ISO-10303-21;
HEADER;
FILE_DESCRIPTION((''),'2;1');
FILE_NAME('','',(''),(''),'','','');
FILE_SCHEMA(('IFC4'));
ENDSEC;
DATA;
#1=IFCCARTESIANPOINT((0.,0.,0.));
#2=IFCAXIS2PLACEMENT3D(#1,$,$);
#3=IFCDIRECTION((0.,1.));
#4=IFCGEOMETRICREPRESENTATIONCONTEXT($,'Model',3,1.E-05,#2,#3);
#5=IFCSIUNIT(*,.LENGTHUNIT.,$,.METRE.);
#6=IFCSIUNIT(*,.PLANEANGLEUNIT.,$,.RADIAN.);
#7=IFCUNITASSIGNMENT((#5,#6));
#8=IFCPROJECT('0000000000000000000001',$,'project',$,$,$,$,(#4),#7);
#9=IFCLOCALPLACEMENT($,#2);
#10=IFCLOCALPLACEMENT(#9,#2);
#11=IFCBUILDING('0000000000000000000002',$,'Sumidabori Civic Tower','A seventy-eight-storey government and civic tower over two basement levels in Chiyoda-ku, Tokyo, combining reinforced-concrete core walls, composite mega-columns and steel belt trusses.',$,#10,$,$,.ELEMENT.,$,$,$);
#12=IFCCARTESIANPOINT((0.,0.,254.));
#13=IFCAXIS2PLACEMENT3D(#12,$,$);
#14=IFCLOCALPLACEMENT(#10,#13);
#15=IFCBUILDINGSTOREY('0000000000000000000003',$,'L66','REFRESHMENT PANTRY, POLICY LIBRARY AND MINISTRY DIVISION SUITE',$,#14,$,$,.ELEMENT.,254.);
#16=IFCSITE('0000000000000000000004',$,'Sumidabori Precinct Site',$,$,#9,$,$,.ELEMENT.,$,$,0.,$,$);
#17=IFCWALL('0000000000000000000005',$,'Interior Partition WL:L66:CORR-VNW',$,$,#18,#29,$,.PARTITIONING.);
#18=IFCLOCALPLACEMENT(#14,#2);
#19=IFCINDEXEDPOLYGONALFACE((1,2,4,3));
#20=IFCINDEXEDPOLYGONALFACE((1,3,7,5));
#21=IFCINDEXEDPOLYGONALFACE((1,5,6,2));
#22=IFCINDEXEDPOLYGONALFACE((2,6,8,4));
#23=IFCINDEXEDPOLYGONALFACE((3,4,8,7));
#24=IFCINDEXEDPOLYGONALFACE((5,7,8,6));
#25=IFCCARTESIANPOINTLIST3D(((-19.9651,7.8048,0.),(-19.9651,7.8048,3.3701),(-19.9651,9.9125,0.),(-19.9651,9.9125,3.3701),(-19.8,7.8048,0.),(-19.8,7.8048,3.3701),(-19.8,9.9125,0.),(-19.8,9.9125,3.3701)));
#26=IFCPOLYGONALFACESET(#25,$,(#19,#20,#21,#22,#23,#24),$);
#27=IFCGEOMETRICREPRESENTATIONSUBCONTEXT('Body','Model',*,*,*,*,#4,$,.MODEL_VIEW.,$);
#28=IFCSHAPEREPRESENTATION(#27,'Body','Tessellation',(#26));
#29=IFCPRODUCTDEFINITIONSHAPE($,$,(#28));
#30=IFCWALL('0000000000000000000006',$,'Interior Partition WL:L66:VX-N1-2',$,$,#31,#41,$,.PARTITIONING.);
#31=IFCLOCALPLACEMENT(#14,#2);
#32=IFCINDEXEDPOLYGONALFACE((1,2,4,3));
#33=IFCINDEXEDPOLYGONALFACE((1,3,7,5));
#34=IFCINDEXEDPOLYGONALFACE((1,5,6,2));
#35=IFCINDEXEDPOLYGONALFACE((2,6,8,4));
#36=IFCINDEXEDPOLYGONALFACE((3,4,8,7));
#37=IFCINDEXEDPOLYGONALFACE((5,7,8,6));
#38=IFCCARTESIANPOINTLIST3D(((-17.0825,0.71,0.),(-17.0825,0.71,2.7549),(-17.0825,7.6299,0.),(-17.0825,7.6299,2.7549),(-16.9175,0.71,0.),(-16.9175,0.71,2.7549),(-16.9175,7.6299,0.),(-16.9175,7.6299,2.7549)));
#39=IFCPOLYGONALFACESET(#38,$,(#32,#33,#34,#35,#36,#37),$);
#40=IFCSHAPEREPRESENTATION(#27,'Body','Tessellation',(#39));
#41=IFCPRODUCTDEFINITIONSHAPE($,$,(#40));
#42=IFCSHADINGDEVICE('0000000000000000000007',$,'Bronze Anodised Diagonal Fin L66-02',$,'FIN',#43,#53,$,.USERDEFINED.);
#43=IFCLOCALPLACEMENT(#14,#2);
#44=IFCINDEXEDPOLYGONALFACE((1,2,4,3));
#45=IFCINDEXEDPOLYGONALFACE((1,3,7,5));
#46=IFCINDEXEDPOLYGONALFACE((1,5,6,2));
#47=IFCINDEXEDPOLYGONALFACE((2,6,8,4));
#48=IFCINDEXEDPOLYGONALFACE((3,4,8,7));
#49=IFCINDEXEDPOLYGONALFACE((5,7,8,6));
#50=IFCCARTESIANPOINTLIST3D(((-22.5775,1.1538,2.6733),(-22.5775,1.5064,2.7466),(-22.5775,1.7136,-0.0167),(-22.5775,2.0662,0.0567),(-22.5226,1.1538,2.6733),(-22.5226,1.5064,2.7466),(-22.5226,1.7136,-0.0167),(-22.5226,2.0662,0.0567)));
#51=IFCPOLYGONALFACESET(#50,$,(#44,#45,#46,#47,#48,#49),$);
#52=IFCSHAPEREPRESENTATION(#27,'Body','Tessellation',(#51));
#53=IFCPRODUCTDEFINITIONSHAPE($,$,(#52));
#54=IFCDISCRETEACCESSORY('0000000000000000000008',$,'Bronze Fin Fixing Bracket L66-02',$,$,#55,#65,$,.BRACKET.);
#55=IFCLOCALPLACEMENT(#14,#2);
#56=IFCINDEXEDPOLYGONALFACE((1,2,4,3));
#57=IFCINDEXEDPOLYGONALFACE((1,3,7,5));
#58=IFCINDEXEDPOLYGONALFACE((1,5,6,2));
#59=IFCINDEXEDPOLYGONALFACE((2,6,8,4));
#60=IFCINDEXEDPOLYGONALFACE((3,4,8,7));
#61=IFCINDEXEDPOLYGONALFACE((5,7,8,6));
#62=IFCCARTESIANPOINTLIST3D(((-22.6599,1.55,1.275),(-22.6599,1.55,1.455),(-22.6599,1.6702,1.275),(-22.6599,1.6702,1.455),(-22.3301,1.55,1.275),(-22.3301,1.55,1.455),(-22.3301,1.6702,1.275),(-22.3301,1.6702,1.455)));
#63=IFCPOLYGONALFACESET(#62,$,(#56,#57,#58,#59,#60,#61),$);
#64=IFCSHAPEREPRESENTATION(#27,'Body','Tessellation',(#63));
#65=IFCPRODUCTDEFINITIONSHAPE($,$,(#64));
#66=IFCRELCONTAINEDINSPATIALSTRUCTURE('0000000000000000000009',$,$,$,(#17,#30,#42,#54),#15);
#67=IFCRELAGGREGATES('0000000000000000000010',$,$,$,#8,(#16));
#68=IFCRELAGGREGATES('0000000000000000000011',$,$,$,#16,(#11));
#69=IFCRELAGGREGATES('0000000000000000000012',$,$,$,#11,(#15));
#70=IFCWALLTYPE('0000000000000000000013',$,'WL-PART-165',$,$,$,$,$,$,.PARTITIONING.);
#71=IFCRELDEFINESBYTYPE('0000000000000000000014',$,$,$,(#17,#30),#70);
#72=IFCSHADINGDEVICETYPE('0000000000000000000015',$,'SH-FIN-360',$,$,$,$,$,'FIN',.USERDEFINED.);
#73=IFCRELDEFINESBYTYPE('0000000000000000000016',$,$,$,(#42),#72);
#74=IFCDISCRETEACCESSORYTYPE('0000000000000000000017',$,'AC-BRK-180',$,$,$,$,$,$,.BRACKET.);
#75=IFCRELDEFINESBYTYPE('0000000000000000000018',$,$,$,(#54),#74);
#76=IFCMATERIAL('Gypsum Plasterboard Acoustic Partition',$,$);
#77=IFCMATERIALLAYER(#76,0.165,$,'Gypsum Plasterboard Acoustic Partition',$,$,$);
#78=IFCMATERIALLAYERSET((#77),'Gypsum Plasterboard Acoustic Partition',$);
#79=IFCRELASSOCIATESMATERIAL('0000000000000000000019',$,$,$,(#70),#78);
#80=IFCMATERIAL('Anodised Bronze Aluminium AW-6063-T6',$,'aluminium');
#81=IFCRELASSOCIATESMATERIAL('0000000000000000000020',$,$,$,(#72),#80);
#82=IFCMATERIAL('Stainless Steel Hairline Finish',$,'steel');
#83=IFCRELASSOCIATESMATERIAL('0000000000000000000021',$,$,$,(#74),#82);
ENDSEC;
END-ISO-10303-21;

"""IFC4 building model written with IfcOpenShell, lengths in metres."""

from ifc_helpers import new_model, si_unit, direction, frame, frame_2d, origin, origin_2d, place, context, subcontext, project, spatial, rectangle, extrude, source, transform, mapped, material, layer, layer_set, material_profile, profile_set, type_object, element, save


model = new_model("IFC4")

# Units and contexts
model_context = context("Model", 3, precision=1e-05, world=origin(), true_north=direction((0.0, 1.0)))
body_context = subcontext(model_context, "Body", "Model", "MODEL_VIEW")
ifc_project = project(units=[si_unit("LENGTHUNIT", "METRE"), si_unit("PLANEANGLEUNIT", "RADIAN")], contexts=[model_context])

# Site, building, storey
site_placement = place(None, origin())
site = spatial("IfcSite", under=ifc_project, at=site_placement, Name="Sumidabori Precinct Site", CompositionType="ELEMENT", RefElevation=0.0)
building_placement = place(site_placement, origin())
building = spatial("IfcBuilding", under=site, at=building_placement, Name="Sumidabori Civic Tower", Description="A seventy-eight-storey government and civic tower over two basement levels in Chiyoda-ku, Tokyo, combining reinforced-concrete core walls, composite mega-columns and steel belt trusses.", CompositionType="ELEMENT")
storey_placement = place(building_placement, frame((0.0, 0.0, 254.0)))
storey = spatial("IfcBuildingStorey", under=building, at=storey_placement, Name="L66", Description="REFRESHMENT PANTRY, POLICY LIBRARY AND MINISTRY DIVISION SUITE", CompositionType="ELEMENT", Elevation=254.0)

# Shared definitions
ifc_material_1 = material(Name="Anodised Bronze Aluminium AW-6063-T6", Category="aluminium")

# Shared definitions
ifc_material_2 = material(Name="Gypsum Plasterboard Acoustic Partition")
ifc_layer_1 = layer(ifc_material_2, 0.165, Name="Gypsum Plasterboard Acoustic Partition")
ifc_layer_set_1 = layer_set([ifc_layer_1], Name="Gypsum Plasterboard Acoustic Partition")
wall_type = type_object("IfcWallType", Name="WL-PART-165", PredefinedType="PARTITIONING", material=ifc_layer_set_1)

# Walls
shared_shape_1 = source(origin(), body_context, "Body", "SweptSolid", [
    extrude(rectangle(XDim=2.1077, YDim=0.165, at=frame_2d((1.0537, 0.0))), origin(), (0.0, 0.0, 1.0), 3.3701),
])
wall_1_placement = place(storey_placement, frame((-19.8826, 7.8049, 0.0), z_axis=(0.0, 0.0, 1.0), x_axis=(0.0, 1.0, 0.0)))
element("IfcWall", 1, at=wall_1_placement, inside=storey, type_object=wall_type, Name="Interior Partition WL:L66:CORR-VNW", PredefinedType="PARTITIONING", context=body_context, shape_type="MappedRepresentation", body=[
    mapped(shared_shape_1, transform((0.0, 0.0, 0.0), x_axis=(1.0, 0.0, 0.0), y_axis=(0.0, 1.0, 0.0), z_axis=(0.0, 0.0, 1.0), scale=1.0)),
])
shared_shape_2 = source(origin(), body_context, "Body", "SweptSolid", [
    extrude(rectangle(XDim=6.9199, YDim=0.165, at=frame_2d((3.46, 0.0))), origin(), (0.0, 0.0, 1.0), 2.7549),
])
wall_2_placement = place(storey_placement, frame((-17.0, 0.71, 0.0), z_axis=(0.0, 0.0, 1.0), x_axis=(0.0, 1.0, 0.0)))
element("IfcWall", 2, at=wall_2_placement, inside=storey, type_object=wall_type, Name="Interior Partition WL:L66:VX-N1-2", PredefinedType="PARTITIONING", context=body_context, shape_type="MappedRepresentation", body=[
    mapped(shared_shape_2, transform((0.0, 0.0, 0.0), x_axis=(1.0, 0.0, 0.0), y_axis=(0.0, 1.0, 0.0), z_axis=(0.0, 0.0, 1.0), scale=1.0)),
])

# Shading device
ifc_material_profile_1 = material_profile(ifc_material_1, rectangle(XDim=0.0549, YDim=0.3601, at=origin_2d()), Name="BRONZE FIN 360x55")
ifc_profile_set_1 = profile_set([ifc_material_profile_1], Name="Anodised Bronze Aluminium AW-6063-T6")
shading_device_type = type_object("IfcShadingDeviceType", Name="SH-FIN-360", ElementType="FIN", PredefinedType="USERDEFINED", material=ifc_profile_set_1)
shared_shape_3 = source(origin(), body_context, "Body", "SweptSolid", [
    extrude(rectangle(XDim=0.0549, YDim=0.3601, at=origin_2d()), origin(), (0.0, 0.0, 1.0), 2.7476),
])
shading_device_placement = place(storey_placement, frame((-22.55, 1.8899, 0.02), z_axis=(0.0, -0.203748, 0.979023), x_axis=(-1.0, 0.0, 0.0)))
element("IfcShadingDevice", 3, at=shading_device_placement, inside=storey, type_object=shading_device_type, Name="Bronze Anodised Diagonal Fin L66-02", ObjectType="FIN", PredefinedType="USERDEFINED", context=body_context, shape_type="MappedRepresentation", body=[
    mapped(shared_shape_3, transform((0.0, 0.0, 0.0), x_axis=(1.0, 0.0, 0.0), y_axis=(0.0, 1.0, 0.0), z_axis=(0.0, 0.0, 1.0), scale=1.0)),
])

# Discrete accessory
ifc_material_3 = material(Name="Stainless Steel Hairline Finish", Category="steel")
ifc_material_profile_2 = material_profile(ifc_material_3, rectangle(XDim=0.1201, YDim=0.1799, at=origin_2d()), Name="STEEL BRACKET 180x120")
ifc_profile_set_2 = profile_set([ifc_material_profile_2], Name="Stainless Steel Hairline Finish")
discrete_accessory_type = type_object("IfcDiscreteAccessoryType", Name="AC-BRK-180", PredefinedType="BRACKET", material=ifc_profile_set_2)
shared_shape_4 = source(origin(), body_context, "Body", "SweptSolid", [
    extrude(rectangle(XDim=0.1201, YDim=0.1799, at=origin_2d()), origin(), (0.0, 0.0, 1.0), 0.3298),
])
discrete_accessory_placement = place(storey_placement, frame((-22.3301, 1.6101, 1.365), z_axis=(-1.0, 0.0, 0.0), x_axis=(0.0, -1.0, 0.0)))
element("IfcDiscreteAccessory", 4, at=discrete_accessory_placement, inside=storey, type_object=discrete_accessory_type, Name="Bronze Fin Fixing Bracket L66-02", PredefinedType="BRACKET", context=body_context, shape_type="MappedRepresentation", body=[
    mapped(shared_shape_4, transform((0.0, 0.0, 0.0), x_axis=(1.0, 0.0, 0.0), y_axis=(0.0, 1.0, 0.0), z_axis=(0.0, 0.0, 1.0), scale=1.0)),
])

save(model, "model.ifc")
